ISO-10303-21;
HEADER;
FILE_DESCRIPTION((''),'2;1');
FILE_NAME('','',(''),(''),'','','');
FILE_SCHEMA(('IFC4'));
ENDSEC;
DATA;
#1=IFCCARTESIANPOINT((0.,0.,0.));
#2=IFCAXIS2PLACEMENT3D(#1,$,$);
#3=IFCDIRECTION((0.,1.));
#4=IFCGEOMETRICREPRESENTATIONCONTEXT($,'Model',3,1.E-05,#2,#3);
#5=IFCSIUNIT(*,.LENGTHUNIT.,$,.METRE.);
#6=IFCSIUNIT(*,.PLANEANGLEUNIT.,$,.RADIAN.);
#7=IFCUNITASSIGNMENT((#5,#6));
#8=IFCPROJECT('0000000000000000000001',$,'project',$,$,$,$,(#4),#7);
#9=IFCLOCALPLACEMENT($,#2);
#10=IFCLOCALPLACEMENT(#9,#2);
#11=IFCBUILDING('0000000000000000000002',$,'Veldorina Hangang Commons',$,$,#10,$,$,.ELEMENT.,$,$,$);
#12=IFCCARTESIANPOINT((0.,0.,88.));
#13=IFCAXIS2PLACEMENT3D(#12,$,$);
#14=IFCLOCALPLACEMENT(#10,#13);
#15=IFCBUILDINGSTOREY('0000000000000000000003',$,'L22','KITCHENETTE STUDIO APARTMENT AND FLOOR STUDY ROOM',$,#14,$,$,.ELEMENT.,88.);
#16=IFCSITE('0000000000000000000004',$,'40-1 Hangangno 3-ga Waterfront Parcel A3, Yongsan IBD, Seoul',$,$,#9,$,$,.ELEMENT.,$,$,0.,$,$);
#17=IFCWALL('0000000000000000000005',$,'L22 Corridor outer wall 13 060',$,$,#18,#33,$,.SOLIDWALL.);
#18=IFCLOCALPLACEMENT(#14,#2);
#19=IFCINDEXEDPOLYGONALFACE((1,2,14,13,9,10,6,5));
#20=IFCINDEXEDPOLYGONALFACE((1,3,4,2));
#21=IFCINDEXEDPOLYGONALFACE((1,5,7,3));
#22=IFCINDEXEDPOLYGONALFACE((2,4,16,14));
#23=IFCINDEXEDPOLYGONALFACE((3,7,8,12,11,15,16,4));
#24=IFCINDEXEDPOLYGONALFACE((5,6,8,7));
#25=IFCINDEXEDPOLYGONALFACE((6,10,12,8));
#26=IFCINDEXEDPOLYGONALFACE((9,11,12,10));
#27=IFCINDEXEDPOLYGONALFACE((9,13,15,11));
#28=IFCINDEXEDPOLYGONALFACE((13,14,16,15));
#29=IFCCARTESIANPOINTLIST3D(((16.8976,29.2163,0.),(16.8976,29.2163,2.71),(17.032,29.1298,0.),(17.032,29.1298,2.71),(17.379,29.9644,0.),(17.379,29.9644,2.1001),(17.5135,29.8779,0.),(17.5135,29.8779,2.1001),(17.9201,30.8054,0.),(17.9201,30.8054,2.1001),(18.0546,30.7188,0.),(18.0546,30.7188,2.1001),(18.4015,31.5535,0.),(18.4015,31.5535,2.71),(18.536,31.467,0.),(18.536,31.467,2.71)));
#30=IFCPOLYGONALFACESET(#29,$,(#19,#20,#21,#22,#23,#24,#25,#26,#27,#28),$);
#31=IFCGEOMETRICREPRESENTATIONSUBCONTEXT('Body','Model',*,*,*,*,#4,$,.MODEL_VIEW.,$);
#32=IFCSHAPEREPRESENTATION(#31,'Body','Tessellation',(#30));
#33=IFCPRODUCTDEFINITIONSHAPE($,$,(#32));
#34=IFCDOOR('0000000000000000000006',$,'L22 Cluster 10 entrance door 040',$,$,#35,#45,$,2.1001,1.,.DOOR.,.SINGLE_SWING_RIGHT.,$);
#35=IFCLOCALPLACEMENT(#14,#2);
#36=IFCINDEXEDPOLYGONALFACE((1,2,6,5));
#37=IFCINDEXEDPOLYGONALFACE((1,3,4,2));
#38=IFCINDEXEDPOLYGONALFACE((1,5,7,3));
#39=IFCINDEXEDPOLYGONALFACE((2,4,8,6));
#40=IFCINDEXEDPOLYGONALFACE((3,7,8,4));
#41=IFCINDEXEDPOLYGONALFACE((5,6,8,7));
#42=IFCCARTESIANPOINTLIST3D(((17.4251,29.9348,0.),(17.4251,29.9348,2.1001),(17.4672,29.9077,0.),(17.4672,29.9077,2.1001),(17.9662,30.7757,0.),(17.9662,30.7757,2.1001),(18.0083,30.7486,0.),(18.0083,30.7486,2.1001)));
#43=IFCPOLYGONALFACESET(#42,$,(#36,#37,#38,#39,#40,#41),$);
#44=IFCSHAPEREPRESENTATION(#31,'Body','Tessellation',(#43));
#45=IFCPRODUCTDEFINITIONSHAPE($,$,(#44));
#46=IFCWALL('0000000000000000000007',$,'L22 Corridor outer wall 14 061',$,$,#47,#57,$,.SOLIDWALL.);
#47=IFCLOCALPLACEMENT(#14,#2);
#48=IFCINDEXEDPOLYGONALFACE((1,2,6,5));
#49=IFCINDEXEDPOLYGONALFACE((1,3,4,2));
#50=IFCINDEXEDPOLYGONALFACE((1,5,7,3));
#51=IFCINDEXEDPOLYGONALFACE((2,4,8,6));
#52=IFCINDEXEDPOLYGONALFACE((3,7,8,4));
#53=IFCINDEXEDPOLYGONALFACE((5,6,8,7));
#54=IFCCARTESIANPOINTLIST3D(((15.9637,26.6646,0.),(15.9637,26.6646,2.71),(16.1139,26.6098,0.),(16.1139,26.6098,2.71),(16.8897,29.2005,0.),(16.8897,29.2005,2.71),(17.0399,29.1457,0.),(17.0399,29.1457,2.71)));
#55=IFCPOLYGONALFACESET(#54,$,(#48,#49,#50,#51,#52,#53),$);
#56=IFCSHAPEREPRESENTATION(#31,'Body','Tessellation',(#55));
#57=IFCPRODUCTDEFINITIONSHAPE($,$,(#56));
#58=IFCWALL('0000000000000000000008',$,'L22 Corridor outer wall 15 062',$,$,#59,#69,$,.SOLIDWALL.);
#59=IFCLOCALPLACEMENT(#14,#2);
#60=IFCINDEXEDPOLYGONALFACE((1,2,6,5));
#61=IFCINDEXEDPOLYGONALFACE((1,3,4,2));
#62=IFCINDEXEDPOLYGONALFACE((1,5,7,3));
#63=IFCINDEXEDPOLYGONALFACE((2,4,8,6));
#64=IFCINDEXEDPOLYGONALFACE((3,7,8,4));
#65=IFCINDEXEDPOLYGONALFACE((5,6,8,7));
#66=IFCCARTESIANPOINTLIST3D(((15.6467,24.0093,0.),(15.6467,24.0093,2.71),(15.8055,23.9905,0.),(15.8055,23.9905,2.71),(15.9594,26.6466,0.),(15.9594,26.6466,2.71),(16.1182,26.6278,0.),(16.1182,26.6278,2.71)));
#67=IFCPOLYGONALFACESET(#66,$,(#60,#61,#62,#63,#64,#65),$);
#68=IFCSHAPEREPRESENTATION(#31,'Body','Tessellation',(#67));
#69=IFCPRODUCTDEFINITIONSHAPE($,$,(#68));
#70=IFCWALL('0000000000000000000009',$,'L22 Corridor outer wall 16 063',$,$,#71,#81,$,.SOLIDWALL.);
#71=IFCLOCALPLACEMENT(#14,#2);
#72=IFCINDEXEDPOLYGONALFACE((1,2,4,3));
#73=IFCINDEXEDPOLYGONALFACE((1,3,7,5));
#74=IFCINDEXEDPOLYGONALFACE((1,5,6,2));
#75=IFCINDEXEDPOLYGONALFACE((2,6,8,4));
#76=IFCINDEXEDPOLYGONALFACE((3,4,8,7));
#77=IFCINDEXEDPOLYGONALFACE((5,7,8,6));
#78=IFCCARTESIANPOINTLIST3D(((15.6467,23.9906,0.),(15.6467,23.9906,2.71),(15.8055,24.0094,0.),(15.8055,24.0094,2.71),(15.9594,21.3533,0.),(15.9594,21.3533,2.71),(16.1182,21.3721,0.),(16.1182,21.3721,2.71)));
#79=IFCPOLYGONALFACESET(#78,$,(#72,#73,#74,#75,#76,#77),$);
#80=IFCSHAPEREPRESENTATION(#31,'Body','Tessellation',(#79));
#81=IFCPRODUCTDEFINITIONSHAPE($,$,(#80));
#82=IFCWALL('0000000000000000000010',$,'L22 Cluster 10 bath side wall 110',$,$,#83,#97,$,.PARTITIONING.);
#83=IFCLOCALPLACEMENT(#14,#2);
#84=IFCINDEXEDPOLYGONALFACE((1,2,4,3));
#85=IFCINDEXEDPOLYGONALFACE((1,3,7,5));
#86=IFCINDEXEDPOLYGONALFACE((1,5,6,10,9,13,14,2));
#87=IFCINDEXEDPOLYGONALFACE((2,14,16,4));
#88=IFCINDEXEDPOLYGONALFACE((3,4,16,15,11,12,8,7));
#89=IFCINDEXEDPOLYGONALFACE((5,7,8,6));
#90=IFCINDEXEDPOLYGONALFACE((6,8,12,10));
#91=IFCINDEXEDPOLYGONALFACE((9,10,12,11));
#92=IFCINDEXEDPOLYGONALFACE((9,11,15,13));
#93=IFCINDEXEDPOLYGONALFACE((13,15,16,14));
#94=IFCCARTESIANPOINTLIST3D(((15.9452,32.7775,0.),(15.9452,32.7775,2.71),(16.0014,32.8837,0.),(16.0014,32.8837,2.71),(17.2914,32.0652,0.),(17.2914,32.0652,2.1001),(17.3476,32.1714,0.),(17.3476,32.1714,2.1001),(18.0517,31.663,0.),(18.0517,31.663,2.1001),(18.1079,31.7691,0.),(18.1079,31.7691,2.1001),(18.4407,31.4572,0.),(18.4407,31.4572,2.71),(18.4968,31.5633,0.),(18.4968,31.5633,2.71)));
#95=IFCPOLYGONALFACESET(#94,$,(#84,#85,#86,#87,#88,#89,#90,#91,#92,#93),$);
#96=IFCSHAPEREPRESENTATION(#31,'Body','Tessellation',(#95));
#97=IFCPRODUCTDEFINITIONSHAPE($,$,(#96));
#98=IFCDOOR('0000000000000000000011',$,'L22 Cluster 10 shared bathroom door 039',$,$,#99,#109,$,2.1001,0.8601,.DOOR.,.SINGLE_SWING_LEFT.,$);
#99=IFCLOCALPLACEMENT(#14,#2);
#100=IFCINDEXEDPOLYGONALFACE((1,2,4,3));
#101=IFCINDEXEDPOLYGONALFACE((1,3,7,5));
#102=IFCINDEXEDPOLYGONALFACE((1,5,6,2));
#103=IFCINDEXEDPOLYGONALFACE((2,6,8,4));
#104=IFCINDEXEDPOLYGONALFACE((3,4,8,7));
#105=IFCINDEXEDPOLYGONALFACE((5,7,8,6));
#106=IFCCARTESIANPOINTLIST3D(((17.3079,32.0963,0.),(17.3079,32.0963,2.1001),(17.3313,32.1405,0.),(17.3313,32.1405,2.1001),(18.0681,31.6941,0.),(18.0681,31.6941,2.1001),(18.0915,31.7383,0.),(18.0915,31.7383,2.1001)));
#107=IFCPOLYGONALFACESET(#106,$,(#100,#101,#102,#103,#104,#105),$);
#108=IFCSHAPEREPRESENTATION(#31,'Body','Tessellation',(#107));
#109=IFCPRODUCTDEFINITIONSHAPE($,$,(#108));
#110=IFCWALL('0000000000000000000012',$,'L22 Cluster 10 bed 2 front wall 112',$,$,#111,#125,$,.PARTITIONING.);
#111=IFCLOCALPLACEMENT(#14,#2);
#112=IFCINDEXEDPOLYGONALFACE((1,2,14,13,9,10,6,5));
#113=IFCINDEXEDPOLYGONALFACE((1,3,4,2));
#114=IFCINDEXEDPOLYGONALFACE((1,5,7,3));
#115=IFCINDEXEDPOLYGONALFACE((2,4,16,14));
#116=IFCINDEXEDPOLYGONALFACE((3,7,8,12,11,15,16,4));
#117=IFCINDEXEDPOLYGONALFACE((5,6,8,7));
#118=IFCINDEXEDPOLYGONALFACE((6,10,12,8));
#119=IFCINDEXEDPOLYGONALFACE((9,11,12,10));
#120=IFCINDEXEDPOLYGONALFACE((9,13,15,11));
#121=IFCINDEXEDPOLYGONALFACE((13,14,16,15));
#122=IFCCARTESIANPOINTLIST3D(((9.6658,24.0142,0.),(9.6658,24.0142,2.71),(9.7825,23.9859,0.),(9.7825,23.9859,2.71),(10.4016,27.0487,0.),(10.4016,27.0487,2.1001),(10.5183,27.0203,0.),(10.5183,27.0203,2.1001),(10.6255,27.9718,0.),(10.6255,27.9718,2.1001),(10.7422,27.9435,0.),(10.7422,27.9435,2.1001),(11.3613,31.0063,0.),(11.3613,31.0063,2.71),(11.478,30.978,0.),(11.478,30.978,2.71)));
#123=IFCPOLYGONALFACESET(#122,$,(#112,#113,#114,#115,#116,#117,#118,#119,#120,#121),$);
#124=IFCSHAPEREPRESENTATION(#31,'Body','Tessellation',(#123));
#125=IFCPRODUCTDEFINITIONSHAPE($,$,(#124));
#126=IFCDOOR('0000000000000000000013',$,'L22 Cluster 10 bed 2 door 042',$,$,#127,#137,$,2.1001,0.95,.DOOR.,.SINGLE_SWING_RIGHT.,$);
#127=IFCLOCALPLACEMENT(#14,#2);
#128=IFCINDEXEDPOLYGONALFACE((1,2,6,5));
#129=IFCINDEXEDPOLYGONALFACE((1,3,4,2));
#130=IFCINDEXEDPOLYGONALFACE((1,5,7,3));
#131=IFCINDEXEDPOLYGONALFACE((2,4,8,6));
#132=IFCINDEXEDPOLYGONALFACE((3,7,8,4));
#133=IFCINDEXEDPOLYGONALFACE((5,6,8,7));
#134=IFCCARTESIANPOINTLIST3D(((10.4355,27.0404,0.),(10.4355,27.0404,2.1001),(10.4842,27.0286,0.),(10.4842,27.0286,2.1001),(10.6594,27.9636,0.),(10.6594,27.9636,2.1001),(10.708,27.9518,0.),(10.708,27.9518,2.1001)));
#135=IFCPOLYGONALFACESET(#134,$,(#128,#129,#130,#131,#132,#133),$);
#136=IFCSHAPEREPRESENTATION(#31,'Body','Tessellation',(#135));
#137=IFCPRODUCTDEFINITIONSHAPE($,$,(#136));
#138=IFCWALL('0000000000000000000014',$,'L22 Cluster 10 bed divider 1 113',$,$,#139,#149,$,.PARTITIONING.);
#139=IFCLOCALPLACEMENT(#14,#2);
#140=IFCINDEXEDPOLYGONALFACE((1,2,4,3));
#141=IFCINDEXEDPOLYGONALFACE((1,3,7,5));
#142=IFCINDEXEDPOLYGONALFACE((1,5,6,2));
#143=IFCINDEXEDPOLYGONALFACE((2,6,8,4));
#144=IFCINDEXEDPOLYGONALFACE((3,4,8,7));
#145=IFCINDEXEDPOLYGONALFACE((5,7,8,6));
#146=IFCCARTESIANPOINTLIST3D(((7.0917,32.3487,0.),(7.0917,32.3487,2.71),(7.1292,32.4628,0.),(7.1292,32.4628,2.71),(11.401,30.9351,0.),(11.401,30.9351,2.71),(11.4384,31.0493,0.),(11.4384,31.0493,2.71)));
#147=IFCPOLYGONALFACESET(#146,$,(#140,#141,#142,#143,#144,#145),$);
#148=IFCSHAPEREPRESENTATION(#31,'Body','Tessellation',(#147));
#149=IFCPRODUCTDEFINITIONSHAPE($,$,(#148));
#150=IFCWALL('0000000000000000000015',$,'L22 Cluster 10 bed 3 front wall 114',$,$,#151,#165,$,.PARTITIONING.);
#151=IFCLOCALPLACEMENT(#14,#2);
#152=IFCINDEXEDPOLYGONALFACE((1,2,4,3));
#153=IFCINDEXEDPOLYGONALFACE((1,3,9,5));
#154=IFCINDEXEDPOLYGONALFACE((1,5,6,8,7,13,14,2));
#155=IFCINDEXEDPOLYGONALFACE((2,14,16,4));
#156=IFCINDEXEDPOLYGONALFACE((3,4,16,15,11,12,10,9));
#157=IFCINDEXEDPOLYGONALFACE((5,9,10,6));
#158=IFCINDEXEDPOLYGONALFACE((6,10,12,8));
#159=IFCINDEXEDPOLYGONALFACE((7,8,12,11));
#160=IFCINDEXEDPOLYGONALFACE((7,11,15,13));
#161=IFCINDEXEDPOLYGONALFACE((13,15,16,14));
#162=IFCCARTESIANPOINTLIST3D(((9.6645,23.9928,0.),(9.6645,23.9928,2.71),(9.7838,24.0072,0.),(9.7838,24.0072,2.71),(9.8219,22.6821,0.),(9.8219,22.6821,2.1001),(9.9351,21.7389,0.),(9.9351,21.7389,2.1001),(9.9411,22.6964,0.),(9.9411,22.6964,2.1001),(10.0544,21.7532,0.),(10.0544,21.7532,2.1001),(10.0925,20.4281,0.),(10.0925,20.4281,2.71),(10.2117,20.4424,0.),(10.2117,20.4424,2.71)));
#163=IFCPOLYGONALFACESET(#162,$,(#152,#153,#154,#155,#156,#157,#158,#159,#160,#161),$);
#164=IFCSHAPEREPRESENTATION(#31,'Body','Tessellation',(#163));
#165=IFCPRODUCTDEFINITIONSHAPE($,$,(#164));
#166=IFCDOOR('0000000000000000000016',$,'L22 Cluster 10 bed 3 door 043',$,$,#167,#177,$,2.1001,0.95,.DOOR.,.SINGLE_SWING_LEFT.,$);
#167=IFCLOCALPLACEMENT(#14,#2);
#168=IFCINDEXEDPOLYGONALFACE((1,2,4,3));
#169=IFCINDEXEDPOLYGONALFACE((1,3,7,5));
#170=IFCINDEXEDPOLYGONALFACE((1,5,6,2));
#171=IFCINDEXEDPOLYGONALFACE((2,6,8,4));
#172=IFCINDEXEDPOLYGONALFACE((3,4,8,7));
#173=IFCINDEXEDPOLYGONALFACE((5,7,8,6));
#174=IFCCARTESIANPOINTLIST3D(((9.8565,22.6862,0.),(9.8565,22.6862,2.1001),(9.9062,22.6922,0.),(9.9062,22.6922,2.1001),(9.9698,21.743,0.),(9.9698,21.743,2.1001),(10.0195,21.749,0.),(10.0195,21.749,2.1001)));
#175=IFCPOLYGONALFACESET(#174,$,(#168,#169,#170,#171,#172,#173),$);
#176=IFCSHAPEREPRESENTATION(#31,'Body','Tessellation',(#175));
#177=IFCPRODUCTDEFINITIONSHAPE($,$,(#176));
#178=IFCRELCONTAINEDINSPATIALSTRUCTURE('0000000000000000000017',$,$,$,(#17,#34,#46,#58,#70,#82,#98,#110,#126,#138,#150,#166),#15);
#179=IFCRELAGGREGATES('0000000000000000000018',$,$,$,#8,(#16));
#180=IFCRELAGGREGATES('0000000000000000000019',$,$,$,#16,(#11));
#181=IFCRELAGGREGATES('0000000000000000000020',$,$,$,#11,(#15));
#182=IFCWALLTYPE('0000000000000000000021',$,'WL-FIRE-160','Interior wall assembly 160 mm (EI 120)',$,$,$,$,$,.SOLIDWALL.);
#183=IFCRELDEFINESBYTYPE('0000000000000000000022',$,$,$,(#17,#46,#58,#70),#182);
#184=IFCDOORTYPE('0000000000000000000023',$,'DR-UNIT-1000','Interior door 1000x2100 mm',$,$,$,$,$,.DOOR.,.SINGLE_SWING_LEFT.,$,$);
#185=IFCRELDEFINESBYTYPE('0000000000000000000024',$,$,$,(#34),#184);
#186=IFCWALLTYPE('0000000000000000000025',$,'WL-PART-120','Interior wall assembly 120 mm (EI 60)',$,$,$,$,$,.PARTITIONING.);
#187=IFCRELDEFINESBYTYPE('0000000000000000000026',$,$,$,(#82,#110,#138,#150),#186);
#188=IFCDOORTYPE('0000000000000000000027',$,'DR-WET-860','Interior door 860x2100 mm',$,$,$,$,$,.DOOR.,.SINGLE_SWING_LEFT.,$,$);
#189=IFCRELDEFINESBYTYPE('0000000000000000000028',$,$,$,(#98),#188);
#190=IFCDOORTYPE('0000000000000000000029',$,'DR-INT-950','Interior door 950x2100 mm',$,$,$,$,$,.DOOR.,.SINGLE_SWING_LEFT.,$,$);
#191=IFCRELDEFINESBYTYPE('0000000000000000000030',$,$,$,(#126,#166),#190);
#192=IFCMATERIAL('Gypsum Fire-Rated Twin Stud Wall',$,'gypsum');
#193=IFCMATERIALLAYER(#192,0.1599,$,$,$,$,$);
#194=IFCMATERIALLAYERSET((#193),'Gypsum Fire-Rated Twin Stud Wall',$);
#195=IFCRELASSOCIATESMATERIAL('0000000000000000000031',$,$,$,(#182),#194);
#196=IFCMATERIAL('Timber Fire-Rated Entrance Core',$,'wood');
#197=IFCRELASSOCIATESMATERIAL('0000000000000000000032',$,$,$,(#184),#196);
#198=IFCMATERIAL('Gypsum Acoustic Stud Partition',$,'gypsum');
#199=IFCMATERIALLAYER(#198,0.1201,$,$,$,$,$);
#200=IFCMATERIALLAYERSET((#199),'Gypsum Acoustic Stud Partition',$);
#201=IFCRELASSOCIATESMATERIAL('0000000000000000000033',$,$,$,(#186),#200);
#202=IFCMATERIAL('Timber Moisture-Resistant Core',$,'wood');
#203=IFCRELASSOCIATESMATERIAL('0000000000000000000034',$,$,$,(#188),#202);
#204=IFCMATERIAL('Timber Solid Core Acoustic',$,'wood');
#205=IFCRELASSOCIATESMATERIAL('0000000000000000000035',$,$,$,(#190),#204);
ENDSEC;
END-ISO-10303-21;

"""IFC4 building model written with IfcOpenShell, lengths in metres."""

from ifc_helpers import new_model, si_unit, direction, frame, frame_2d, origin, place, context, subcontext, project, spatial, rectangle, extrude, material, layer, layer_set, type_object, element, fill, save


model = new_model("IFC4")

# Units and contexts
model_context = context("Model", 3, precision=1e-05, world=origin(), true_north=direction((0.0, 1.0)))
body_context = subcontext(model_context, "Body", "Model", "MODEL_VIEW")
ifc_project = project(units=[si_unit("LENGTHUNIT", "METRE"), si_unit("PLANEANGLEUNIT", "RADIAN")], contexts=[model_context])

# Site, building, storey
site_placement = place(None, origin())
site = spatial("IfcSite", under=ifc_project, at=site_placement, Name="40-1 Hangangno 3-ga Waterfront Parcel A3, Yongsan IBD, Seoul", CompositionType="ELEMENT", RefElevation=0.0)
building_placement = place(site_placement, origin())
building = spatial("IfcBuilding", under=site, at=building_placement, Name="Veldorina Hangang Commons", CompositionType="ELEMENT")
storey_placement = place(building_placement, frame((0.0, 0.0, 88.0)))
storey = spatial("IfcBuildingStorey", under=building, at=storey_placement, Name="L22", Description="KITCHENETTE STUDIO APARTMENT AND FLOOR STUDY ROOM", CompositionType="ELEMENT", Elevation=88.0)

# Wall, opening, door
ifc_material_1 = material(Name="Gypsum Fire-Rated Twin Stud Wall", Category="gypsum")
ifc_layer_1 = layer(ifc_material_1, 0.1599)
ifc_layer_set_1 = layer_set([ifc_layer_1], Name="Gypsum Fire-Rated Twin Stud Wall")
wall_type_1 = type_object("IfcWallType", Name="WL-FIRE-160", Description="Interior wall assembly 160 mm (EI 120)", PredefinedType="SOLIDWALL", material=ifc_layer_set_1)
wall_1_placement = place(storey_placement, frame((18.4688, 31.5103, 0.0), z_axis=(0.0, 0.0, 1.0), x_axis=(-0.541126, -0.840941, 0.0)))
wall_1 = element("IfcWall", 1, at=wall_1_placement, inside=storey, type_object=wall_type_1, Name="L22 Corridor outer wall 13 060", PredefinedType="SOLIDWALL", context=body_context, shape_type="SweptSolid", body=[
    extrude(rectangle(XDim=2.7793, YDim=0.1599, at=frame_2d((1.3896, 0.0))), origin(), (0.0, 0.0, 1.0), 2.71),
])
opening_1_placement = place(wall_1_placement, frame((0.8896, 0.0, 0.0)))
opening_1 = element("IfcOpeningElement", 2, at=opening_1_placement, cuts=wall_1, PredefinedType="OPENING", context=body_context, shape_type="SweptSolid", body=[
    extrude(rectangle(XDim=1.0, YDim=2.1001, at=frame_2d((0.5, 1.05))), frame((0.0, 0.0898, 0.0), z_axis=(0.0, -1.0, 0.0), x_axis=(1.0, 0.0, 0.0)), (0.0, 0.0, 1.0), 0.1799),
])
ifc_material_2 = material(Name="Timber Fire-Rated Entrance Core", Category="wood")
door_type_1 = type_object("IfcDoorType", Name="DR-UNIT-1000", Description="Interior door 1000x2100 mm", OperationType="SINGLE_SWING_LEFT", PredefinedType="DOOR", material=ifc_material_2)
door_1_placement = place(opening_1_placement, origin())
door_1 = element("IfcDoor", 3, at=door_1_placement, inside=storey, type_object=door_type_1, Name="L22 Cluster 10 entrance door 040", OperationType="SINGLE_SWING_RIGHT", OverallHeight=2.1001, OverallWidth=1.0, PredefinedType="DOOR", context=body_context, shape_type="SweptSolid", body=[
    extrude(rectangle(XDim=1.0, YDim=2.1001, at=frame_2d((0.5, 1.05))), frame((0.0, 0.0249, 0.0), z_axis=(0.0, -1.0, 0.0), x_axis=(1.0, 0.0, 0.0)), (0.0, 0.0, 1.0), 0.05),
])
fill(opening_1, door_1)

# Walls
wall_2_placement = place(storey_placement, frame((16.9648, 29.1731, 0.0), z_axis=(0.0, 0.0, 1.0), x_axis=(-0.343013, -0.93933, 0.0)))
element("IfcWall", 4, at=wall_2_placement, inside=storey, type_object=wall_type_1, Name="L22 Corridor outer wall 14 061", PredefinedType="SOLIDWALL", context=body_context, shape_type="SweptSolid", body=[
    extrude(rectangle(XDim=2.6997, YDim=0.1599, at=frame_2d((1.3499, 0.0))), origin(), (0.0, 0.0, 1.0), 2.71),
])
for number, where, z_axis, x_axis, name in (
    (5, (16.0388, 26.6372, 0.0), (0.0, 0.0, 1.0), (-0.117764, -0.993042, 0.0), "L22 Corridor outer wall 15 062"),
    (6, (15.7261, 24.0, 0.0), (0.0, 0.0, 1.0), (0.117764, -0.993042, 0.0), "L22 Corridor outer wall 16 063"),
):
    element("IfcWall", number, at=place(storey_placement, frame(where, z_axis=z_axis, x_axis=x_axis)), inside=storey, type_object=wall_type_1, Name=name, PredefinedType="SOLIDWALL", context=body_context, shape_type="SweptSolid", body=[
        extrude(rectangle(XDim=2.6558, YDim=0.1599, at=frame_2d((1.3279, 0.0))), origin(), (0.0, 0.0, 1.0), 2.71),
    ])

# Walls, openings, doors
ifc_material_3 = material(Name="Gypsum Acoustic Stud Partition", Category="gypsum")
ifc_layer_2 = layer(ifc_material_3, 0.1201)
ifc_layer_set_2 = layer_set([ifc_layer_2], Name="Gypsum Acoustic Stud Partition")
wall_type_2 = type_object("IfcWallType", Name="WL-PART-120", Description="Interior wall assembly 120 mm (EI 60)", PredefinedType="PARTITIONING", material=ifc_layer_set_2)
wall_3_placement = place(storey_placement, frame((18.4688, 31.5103, 0.0), z_axis=(0.0, 0.0, 1.0), x_axis=(-0.883899, 0.467677, 0.0)))
wall_3 = element("IfcWall", 7, at=wall_3_placement, inside=storey, type_object=wall_type_2, Name="L22 Cluster 10 bath side wall 110", PredefinedType="PARTITIONING", context=body_context, shape_type="SweptSolid", body=[
    extrude(rectangle(XDim=2.8232, YDim=0.1201, at=frame_2d((1.4116, 0.0))), origin(), (0.0, 0.0, 1.0), 2.71),
])
opening_2_placement = place(wall_3_placement, frame((0.4399, 0.0, 0.0)))
opening_2 = element("IfcOpeningElement", 8, at=opening_2_placement, cuts=wall_3, PredefinedType="OPENING", context=body_context, shape_type="SweptSolid", body=[
    extrude(rectangle(XDim=0.8601, YDim=2.1001, at=frame_2d((0.4302, 1.05))), frame((0.0, 0.0701, 0.0), z_axis=(0.0, -1.0, 0.0), x_axis=(1.0, 0.0, 0.0)), (0.0, 0.0, 1.0), 0.1401),
])
ifc_material_4 = material(Name="Timber Moisture-Resistant Core", Category="wood")
door_type_2 = type_object("IfcDoorType", Name="DR-WET-860", Description="Interior door 860x2100 mm", OperationType="SINGLE_SWING_LEFT", PredefinedType="DOOR", material=ifc_material_4)
door_2_placement = place(opening_2_placement, origin())
door_2 = element("IfcDoor", 9, at=door_2_placement, inside=storey, type_object=door_type_2, Name="L22 Cluster 10 shared bathroom door 039", OperationType="SINGLE_SWING_LEFT", OverallHeight=2.1001, OverallWidth=0.8601, PredefinedType="DOOR", context=body_context, shape_type="SweptSolid", body=[
    extrude(rectangle(XDim=0.8601, YDim=2.1001, at=frame_2d((0.4302, 1.05))), frame((0.0, 0.0249, 0.0), z_axis=(0.0, -1.0, 0.0), x_axis=(1.0, 0.0, 0.0)), (0.0, 0.0, 1.0), 0.05),
])
fill(opening_2, door_2)
wall_4_placement = place(storey_placement, frame((11.4197, 30.9922, 0.0), z_axis=(0.0, 0.0, 1.0), x_axis=(-0.235663, -0.971835, 0.0)))
wall_4 = element("IfcWall", 10, at=wall_4_placement, inside=storey, type_object=wall_type_2, Name="L22 Cluster 10 bed 2 front wall 112", PredefinedType="PARTITIONING", context=body_context, shape_type="SweptSolid", body=[
    extrude(rectangle(XDim=7.1948, YDim=0.1201, at=frame_2d((3.5974, 0.0))), origin(), (0.0, 0.0, 1.0), 2.71),
])
opening_3_placement = place(wall_4_placement, frame((3.1223, 0.0, 0.0)))
opening_3 = element("IfcOpeningElement", 11, at=opening_3_placement, cuts=wall_4, PredefinedType="OPENING", context=body_context, shape_type="SweptSolid", body=[
    extrude(rectangle(XDim=0.95, YDim=2.1001, at=frame_2d((0.4751, 1.05))), frame((0.0, 0.0701, 0.0), z_axis=(0.0, -1.0, 0.0), x_axis=(1.0, 0.0, 0.0)), (0.0, 0.0, 1.0), 0.1401),
])
ifc_material_5 = material(Name="Timber Solid Core Acoustic", Category="wood")
door_type_3 = type_object("IfcDoorType", Name="DR-INT-950", Description="Interior door 950x2100 mm", OperationType="SINGLE_SWING_LEFT", PredefinedType="DOOR", material=ifc_material_5)
door_3_placement = place(opening_3_placement, origin())
door_3 = element("IfcDoor", 12, at=door_3_placement, inside=storey, type_object=door_type_3, Name="L22 Cluster 10 bed 2 door 042", OperationType="SINGLE_SWING_RIGHT", OverallHeight=2.1001, OverallWidth=0.95, PredefinedType="DOOR", context=body_context, shape_type="SweptSolid", body=[
    extrude(rectangle(XDim=0.95, YDim=2.1001, at=frame_2d((0.4751, 1.05))), frame((0.0, 0.0249, 0.0), z_axis=(0.0, -1.0, 0.0), x_axis=(1.0, 0.0, 0.0)), (0.0, 0.0, 1.0), 0.05),
])
fill(opening_3, door_3)

# Wall
wall_5_placement = place(storey_placement, frame((11.4197, 30.9922, 0.0), z_axis=(0.0, 0.0, 1.0), x_axis=(-0.950185, 0.311686, 0.0)))
element("IfcWall", 13, at=wall_5_placement, inside=storey, type_object=wall_type_2, Name="L22 Cluster 10 bed divider 1 113", PredefinedType="PARTITIONING", context=body_context, shape_type="SweptSolid", body=[
    extrude(rectangle(XDim=4.5352, YDim=0.1201, at=frame_2d((2.2676, 0.0))), origin(), (0.0, 0.0, 1.0), 2.71),
])

# Wall, opening, door
wall_6_placement = place(storey_placement, frame((9.7241, 24.0, 0.0), z_axis=(0.0, 0.0, 1.0), x_axis=(0.119204, -0.99287, 0.0)))
wall_6 = element("IfcWall", 14, at=wall_6_placement, inside=storey, type_object=wall_type_2, Name="L22 Cluster 10 bed 3 front wall 114", PredefinedType="PARTITIONING", context=body_context, shape_type="SweptSolid", body=[
    extrude(rectangle(XDim=3.5903, YDim=0.1201, at=frame_2d((1.7952, 0.0))), origin(), (0.0, 0.0, 1.0), 2.71),
])
opening_4_placement = place(wall_6_placement, frame((1.3201, 0.0, 0.0)))
opening_4 = element("IfcOpeningElement", 15, at=opening_4_placement, cuts=wall_6, PredefinedType="OPENING", context=body_context, shape_type="SweptSolid", body=[
    extrude(rectangle(XDim=0.95, YDim=2.1001, at=frame_2d((0.4751, 1.05))), frame((0.0, 0.0701, 0.0), z_axis=(0.0, -1.0, 0.0), x_axis=(1.0, 0.0, 0.0)), (0.0, 0.0, 1.0), 0.1401),
])
door_4_placement = place(opening_4_placement, origin())
door_4 = element("IfcDoor", 16, at=door_4_placement, inside=storey, type_object=door_type_3, Name="L22 Cluster 10 bed 3 door 043", OperationType="SINGLE_SWING_LEFT", OverallHeight=2.1001, OverallWidth=0.95, PredefinedType="DOOR", context=body_context, shape_type="SweptSolid", body=[
    extrude(rectangle(XDim=0.95, YDim=2.1001, at=frame_2d((0.4751, 1.05))), frame((0.0, 0.0249, 0.0), z_axis=(0.0, -1.0, 0.0), x_axis=(1.0, 0.0, 0.0)), (0.0, 0.0, 1.0), 0.05),
])
fill(opening_4, door_4)

save(model, "model.ifc")
